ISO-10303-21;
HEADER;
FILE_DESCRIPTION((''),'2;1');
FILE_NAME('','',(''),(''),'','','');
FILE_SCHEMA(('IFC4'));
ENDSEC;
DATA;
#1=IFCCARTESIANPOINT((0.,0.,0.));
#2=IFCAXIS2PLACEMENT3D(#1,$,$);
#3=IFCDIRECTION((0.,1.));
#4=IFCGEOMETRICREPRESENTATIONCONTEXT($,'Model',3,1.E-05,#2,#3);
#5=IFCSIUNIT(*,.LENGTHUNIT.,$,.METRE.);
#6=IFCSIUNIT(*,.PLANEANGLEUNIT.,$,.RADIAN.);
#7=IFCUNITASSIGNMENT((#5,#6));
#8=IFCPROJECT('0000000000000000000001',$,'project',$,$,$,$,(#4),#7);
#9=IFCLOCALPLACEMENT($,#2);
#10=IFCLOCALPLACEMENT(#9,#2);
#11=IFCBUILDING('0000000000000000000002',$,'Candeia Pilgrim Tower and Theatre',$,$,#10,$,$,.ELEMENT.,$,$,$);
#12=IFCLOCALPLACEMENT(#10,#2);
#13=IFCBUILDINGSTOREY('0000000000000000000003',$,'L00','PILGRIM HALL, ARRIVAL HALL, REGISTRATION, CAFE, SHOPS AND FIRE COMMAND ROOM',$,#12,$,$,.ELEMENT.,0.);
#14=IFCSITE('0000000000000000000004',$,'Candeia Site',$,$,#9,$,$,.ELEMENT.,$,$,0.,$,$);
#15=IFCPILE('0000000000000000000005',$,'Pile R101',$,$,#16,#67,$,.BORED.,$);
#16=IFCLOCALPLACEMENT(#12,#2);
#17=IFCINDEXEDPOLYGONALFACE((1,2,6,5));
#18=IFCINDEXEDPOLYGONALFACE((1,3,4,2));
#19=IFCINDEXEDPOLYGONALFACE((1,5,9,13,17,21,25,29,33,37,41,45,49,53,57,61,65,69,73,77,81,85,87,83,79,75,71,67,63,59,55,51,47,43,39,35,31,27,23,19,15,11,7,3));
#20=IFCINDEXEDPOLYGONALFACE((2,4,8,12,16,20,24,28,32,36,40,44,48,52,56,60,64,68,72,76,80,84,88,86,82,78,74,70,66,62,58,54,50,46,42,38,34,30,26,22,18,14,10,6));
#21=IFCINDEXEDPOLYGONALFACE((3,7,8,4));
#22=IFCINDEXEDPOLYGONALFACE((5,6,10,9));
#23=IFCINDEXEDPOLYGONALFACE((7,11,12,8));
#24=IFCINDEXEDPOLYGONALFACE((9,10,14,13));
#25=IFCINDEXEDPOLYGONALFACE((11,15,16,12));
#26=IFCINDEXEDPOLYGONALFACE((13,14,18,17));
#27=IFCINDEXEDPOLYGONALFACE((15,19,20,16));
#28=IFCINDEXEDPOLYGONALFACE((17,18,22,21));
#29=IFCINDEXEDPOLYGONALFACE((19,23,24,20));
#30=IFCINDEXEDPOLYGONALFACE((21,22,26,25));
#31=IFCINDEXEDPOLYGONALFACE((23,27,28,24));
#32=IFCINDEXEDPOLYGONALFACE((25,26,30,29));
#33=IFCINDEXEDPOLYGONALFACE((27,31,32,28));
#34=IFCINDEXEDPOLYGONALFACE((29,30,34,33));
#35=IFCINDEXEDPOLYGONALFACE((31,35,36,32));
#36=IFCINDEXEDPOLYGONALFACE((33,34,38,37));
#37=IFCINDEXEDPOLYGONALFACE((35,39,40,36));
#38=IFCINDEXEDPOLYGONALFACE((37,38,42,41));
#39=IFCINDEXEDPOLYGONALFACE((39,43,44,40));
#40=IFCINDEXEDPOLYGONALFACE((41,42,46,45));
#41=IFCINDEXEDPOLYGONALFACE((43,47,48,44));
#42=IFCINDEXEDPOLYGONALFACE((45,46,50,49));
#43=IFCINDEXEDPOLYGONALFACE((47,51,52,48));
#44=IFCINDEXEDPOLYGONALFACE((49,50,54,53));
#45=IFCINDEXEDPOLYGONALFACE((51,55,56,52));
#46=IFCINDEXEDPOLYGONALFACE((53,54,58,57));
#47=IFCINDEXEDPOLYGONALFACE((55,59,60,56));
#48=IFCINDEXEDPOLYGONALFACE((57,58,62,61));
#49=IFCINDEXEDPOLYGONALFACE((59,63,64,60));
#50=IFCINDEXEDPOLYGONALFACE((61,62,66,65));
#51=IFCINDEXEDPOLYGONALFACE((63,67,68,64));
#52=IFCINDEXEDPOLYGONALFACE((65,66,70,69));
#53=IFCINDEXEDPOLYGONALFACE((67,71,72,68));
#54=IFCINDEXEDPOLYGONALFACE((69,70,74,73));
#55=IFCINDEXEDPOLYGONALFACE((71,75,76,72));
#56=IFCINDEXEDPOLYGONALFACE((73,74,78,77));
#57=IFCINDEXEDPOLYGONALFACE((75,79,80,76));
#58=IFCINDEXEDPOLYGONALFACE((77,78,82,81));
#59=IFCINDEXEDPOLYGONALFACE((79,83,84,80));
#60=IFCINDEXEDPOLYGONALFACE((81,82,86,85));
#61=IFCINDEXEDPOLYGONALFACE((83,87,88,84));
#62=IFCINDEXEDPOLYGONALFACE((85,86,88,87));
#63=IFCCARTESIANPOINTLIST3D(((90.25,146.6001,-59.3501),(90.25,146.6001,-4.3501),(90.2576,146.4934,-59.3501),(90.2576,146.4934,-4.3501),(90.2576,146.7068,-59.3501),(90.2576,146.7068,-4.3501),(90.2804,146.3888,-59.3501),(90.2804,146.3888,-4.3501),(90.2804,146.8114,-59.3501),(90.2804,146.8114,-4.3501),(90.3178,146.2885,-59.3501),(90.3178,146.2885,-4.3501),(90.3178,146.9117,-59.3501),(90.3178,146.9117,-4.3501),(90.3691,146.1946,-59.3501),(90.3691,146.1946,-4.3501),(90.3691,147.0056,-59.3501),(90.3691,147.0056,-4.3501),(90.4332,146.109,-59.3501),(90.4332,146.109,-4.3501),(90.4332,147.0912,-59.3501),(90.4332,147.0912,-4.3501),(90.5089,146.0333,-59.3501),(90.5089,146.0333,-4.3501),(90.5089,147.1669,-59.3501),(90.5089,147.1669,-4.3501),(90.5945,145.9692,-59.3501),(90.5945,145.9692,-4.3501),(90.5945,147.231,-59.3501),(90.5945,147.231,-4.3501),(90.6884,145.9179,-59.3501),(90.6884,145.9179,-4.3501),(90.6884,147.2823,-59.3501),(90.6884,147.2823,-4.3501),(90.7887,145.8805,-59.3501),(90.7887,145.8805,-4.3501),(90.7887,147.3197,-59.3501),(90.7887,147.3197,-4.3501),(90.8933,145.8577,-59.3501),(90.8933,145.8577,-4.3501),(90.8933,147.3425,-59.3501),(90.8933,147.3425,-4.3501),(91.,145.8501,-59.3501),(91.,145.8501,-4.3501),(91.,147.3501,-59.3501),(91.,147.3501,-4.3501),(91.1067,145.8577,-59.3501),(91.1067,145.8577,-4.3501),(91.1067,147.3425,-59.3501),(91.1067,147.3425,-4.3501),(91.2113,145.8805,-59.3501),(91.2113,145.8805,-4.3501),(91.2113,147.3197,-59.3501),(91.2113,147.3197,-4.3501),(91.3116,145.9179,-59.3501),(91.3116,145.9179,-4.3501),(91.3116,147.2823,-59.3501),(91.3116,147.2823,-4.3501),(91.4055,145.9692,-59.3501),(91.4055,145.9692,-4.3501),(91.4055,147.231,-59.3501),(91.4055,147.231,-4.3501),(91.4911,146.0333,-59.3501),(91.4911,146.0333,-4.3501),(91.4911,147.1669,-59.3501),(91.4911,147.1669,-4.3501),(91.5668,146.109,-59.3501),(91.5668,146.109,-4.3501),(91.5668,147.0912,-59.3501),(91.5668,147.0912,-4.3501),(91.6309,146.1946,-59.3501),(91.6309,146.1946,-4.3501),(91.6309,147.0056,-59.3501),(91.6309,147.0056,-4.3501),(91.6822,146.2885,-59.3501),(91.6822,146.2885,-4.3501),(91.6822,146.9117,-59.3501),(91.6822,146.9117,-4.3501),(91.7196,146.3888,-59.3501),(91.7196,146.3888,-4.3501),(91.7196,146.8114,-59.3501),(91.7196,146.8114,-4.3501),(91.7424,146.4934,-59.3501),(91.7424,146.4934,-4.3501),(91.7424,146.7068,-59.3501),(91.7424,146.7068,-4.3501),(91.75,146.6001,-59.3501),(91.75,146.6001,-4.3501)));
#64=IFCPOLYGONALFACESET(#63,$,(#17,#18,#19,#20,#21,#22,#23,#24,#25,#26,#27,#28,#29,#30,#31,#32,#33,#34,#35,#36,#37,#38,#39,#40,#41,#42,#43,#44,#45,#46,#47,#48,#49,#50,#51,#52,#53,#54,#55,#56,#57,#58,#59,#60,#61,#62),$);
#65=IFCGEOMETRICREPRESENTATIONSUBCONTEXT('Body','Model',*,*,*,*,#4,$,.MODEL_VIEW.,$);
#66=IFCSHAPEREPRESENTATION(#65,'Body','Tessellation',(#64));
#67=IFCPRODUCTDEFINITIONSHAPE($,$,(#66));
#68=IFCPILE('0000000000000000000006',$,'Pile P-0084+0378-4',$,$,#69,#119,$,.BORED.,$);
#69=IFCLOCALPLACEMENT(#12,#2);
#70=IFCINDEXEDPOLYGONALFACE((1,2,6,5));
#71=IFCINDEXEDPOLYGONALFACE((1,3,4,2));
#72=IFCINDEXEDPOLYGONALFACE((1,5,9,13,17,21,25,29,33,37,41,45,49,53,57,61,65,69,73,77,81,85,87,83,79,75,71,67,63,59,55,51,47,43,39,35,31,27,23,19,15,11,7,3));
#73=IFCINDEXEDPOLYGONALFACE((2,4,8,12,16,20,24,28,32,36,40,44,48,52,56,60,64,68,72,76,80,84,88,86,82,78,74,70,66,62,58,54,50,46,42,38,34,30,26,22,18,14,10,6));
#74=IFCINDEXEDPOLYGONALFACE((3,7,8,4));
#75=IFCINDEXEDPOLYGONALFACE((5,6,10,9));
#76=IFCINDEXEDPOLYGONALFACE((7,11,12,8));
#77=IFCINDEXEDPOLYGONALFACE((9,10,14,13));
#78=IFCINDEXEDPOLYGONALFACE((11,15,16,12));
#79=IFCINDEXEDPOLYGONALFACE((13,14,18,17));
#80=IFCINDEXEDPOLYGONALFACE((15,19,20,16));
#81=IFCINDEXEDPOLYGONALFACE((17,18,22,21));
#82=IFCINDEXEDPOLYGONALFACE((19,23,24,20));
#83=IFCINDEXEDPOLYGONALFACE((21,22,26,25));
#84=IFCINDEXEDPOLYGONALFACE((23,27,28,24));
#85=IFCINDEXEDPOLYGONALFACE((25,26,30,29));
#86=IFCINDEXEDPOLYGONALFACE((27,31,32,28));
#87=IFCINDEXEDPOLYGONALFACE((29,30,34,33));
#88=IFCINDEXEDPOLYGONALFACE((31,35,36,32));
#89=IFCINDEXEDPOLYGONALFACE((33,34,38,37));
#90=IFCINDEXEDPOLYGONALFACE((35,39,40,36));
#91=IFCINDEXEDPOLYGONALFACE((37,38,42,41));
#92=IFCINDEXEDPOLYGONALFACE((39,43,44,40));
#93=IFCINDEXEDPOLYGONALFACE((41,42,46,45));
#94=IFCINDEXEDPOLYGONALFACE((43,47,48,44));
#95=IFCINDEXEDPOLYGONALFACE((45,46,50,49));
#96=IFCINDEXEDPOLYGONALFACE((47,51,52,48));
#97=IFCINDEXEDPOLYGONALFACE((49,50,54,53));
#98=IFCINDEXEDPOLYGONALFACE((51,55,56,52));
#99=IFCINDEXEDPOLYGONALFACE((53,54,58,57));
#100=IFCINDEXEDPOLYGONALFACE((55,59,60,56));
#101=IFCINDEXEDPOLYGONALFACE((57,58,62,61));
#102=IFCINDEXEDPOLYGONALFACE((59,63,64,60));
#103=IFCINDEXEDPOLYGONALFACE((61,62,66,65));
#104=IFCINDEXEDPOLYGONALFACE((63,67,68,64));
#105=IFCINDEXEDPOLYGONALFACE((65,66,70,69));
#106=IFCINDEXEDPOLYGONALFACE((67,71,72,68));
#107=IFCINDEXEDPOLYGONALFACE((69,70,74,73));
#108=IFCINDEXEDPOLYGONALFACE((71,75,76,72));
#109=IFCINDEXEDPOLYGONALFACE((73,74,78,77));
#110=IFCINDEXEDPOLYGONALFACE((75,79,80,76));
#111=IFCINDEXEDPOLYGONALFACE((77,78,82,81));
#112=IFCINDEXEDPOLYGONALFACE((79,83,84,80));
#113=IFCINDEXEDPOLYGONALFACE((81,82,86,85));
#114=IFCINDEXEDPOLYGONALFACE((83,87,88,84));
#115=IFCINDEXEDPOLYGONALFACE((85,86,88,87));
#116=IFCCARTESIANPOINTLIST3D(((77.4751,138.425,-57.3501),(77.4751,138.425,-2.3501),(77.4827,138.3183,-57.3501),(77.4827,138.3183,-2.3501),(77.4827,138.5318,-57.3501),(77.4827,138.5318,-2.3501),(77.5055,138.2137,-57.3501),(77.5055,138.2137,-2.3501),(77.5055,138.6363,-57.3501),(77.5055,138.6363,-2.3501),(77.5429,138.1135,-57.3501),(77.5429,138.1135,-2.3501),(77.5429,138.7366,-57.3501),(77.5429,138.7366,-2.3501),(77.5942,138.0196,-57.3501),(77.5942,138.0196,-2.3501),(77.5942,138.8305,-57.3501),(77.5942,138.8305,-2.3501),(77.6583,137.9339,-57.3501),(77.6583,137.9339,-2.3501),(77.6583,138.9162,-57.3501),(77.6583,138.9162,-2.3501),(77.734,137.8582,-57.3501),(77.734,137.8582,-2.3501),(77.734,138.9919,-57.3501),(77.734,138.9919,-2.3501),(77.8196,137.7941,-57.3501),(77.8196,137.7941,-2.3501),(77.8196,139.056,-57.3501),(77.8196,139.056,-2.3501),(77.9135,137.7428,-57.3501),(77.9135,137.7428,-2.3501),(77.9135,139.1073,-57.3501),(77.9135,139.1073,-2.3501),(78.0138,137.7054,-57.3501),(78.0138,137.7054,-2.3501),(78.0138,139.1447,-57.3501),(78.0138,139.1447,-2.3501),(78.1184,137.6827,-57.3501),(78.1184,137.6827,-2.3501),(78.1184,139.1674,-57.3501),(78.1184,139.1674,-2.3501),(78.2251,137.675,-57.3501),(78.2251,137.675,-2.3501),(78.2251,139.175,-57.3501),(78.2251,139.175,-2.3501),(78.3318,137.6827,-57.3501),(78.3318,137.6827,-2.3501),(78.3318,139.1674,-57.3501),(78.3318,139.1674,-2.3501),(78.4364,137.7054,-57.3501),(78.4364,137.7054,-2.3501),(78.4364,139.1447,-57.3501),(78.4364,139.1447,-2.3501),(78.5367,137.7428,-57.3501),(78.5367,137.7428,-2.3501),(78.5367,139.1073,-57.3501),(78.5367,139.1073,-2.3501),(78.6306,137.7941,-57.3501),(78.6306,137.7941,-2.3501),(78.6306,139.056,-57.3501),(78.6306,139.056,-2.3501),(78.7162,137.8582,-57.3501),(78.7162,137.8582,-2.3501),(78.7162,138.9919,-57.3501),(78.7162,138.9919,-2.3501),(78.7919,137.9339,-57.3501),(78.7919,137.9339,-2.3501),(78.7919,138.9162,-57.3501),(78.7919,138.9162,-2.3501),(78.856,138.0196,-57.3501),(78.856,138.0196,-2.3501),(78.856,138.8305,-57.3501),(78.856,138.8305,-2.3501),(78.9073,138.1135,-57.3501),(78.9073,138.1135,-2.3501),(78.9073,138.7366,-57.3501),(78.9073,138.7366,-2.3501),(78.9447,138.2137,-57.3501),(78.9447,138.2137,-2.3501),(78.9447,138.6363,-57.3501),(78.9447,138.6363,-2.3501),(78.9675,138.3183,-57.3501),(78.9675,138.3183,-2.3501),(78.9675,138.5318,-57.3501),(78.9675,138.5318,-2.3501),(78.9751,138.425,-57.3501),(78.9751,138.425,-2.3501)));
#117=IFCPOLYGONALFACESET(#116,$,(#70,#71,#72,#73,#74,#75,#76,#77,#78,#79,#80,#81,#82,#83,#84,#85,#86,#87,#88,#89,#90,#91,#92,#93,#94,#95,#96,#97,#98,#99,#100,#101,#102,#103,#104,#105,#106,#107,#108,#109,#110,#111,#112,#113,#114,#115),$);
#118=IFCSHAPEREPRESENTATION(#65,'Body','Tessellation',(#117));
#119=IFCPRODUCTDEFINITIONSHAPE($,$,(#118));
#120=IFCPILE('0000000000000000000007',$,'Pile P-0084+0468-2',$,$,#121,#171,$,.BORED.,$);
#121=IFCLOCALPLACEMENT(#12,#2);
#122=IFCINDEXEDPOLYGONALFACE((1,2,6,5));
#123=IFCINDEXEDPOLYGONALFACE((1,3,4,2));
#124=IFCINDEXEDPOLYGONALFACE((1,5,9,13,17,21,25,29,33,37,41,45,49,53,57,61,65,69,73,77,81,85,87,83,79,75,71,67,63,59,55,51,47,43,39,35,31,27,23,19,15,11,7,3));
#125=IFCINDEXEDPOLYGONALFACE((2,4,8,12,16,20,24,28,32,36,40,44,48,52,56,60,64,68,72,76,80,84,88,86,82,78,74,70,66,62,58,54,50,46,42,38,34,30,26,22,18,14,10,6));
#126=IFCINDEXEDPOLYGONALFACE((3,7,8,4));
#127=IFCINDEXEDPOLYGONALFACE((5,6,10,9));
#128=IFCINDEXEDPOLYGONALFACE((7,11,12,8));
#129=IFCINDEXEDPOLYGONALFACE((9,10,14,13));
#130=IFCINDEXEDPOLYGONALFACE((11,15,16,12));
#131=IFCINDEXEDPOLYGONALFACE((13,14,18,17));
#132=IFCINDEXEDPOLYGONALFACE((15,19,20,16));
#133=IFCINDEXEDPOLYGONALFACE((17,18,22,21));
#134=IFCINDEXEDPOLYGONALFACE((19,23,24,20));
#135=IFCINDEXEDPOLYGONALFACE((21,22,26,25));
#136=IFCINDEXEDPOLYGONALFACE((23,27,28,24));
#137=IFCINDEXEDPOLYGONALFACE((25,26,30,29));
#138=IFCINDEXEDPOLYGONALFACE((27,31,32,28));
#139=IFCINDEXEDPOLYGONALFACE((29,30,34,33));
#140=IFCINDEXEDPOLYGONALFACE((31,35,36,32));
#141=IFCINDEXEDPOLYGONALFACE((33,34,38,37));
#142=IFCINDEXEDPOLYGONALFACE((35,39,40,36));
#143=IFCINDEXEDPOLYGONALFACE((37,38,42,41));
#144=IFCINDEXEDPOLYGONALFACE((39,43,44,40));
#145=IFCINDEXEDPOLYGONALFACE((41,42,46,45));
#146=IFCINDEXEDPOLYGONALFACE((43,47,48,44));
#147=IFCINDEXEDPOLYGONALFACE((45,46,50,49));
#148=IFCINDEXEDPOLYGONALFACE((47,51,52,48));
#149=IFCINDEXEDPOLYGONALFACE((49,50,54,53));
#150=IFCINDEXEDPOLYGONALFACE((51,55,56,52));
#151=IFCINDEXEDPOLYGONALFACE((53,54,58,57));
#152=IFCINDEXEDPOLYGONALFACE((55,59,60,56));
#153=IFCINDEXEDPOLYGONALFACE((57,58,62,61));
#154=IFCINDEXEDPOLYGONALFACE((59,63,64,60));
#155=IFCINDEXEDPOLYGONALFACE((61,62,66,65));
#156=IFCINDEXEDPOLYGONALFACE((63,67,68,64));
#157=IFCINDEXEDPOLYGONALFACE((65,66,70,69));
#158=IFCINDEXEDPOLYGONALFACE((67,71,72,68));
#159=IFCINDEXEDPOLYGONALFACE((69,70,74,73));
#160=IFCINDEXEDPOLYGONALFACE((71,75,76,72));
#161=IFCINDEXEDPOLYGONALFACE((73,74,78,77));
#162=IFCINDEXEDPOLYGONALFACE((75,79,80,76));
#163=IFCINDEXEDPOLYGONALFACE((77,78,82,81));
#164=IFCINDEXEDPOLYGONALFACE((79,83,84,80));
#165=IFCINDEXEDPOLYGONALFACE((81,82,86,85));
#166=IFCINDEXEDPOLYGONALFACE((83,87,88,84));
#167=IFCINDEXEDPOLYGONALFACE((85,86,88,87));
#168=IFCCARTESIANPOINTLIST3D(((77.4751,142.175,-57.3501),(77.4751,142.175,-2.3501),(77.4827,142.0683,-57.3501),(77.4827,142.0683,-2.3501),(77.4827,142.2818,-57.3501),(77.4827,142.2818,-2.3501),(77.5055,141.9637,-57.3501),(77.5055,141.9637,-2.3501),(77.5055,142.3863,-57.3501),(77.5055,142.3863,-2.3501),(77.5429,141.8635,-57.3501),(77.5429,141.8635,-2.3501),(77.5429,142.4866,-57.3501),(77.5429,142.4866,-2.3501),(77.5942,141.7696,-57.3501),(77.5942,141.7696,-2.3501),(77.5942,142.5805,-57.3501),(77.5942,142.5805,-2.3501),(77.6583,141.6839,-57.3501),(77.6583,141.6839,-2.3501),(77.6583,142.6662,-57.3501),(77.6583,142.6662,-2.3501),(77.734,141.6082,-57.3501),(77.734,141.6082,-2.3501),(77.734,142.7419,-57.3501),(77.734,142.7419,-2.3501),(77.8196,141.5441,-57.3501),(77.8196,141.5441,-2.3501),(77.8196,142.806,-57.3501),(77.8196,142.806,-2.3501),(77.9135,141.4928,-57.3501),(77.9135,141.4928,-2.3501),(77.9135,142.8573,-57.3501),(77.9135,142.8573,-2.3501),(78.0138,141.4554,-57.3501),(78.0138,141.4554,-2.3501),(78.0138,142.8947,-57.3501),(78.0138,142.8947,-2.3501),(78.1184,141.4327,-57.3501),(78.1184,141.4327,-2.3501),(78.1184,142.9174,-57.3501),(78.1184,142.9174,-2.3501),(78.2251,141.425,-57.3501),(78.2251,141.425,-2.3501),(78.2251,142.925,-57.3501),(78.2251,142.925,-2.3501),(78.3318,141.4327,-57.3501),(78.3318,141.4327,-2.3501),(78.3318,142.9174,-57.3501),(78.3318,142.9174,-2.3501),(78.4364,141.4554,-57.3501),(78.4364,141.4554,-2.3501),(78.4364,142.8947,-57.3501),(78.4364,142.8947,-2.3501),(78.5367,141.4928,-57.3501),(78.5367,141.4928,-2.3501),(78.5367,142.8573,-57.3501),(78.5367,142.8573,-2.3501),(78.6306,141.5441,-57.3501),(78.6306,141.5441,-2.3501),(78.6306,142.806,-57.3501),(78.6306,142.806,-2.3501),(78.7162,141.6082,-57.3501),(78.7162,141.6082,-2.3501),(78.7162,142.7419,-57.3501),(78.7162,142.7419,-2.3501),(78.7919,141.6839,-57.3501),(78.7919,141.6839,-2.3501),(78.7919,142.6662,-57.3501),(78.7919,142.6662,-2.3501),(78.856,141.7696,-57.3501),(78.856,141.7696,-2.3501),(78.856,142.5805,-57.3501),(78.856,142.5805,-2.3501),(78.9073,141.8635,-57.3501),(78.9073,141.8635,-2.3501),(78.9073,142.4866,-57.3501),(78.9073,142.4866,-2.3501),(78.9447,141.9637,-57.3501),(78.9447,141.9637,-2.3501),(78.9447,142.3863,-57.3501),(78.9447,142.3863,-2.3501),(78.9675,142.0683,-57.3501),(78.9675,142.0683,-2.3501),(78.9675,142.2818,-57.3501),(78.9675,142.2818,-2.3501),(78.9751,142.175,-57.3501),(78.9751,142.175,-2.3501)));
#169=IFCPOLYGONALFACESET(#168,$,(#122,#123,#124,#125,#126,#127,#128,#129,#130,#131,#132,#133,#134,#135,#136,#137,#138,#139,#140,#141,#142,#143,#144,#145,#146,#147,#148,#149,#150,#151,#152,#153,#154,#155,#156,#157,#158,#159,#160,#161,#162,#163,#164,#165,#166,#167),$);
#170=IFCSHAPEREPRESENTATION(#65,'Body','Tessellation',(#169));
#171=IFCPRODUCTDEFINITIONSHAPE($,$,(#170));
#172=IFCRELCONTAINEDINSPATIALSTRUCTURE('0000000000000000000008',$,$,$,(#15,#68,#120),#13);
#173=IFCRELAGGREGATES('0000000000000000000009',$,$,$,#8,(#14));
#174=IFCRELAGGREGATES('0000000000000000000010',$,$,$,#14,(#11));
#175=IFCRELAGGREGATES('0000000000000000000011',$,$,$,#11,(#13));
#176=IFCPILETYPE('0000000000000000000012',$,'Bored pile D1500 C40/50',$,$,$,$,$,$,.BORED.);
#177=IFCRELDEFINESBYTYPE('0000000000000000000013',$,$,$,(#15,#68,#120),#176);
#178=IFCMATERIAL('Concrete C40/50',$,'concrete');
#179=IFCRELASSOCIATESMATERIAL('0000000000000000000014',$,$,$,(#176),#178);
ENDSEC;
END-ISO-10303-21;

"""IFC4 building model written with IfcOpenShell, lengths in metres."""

from ifc_helpers import new_model, si_unit, direction, frame, origin, origin_2d, place, context, subcontext, project, spatial, circle, extrude, material, material_profile, profile_set, type_object, element, save


model = new_model("IFC4")

# Units and contexts
model_context = context("Model", 3, precision=1e-05, world=origin(), true_north=direction((0.0, 1.0)))
body_context = subcontext(model_context, "Body", "Model", "MODEL_VIEW")
ifc_project = project(units=[si_unit("LENGTHUNIT", "METRE"), si_unit("PLANEANGLEUNIT", "RADIAN")], contexts=[model_context])

# Site, building, storey
site_placement = place(None, origin())
site = spatial("IfcSite", under=ifc_project, at=site_placement, Name="Candeia Site", CompositionType="ELEMENT", RefElevation=0.0)
building_placement = place(site_placement, origin())
building = spatial("IfcBuilding", under=site, at=building_placement, Name="Candeia Pilgrim Tower and Theatre", CompositionType="ELEMENT")
storey_placement = place(building_placement, origin())
storey = spatial("IfcBuildingStorey", under=building, at=storey_placement, Name="L00", Description="PILGRIM HALL, ARRIVAL HALL, REGISTRATION, CAFE, SHOPS AND FIRE COMMAND ROOM", CompositionType="ELEMENT", Elevation=0.0)

# Piles
ifc_material_1 = material(Name="Concrete C40/50", Category="concrete")
ifc_material_profile_1 = material_profile(ifc_material_1, circle(Radius=0.75, at=origin_2d()))
ifc_profile_set_1 = profile_set([ifc_material_profile_1], Name="Concrete C40/50")
pile_type = type_object("IfcPileType", Name="Bored pile D1500 C40/50", PredefinedType="BORED", material=ifc_profile_set_1)
for number, where, z_axis, x_axis, name in (
    (1, (91.0, 146.6001, -4.3501), (0.0, 0.0, -1.0), (1.0, 0.0, 0.0), "Pile R101"),
    (2, (78.2251, 138.425, -2.3501), (0.0, 0.0, -1.0), (1.0, 0.0, 0.0), "Pile P-0084+0378-4"),
    (3, (78.2251, 142.175, -2.3501), (0.0, 0.0, -1.0), (1.0, 0.0, 0.0), "Pile P-0084+0468-2"),
):
    element("IfcPile", number, at=place(storey_placement, frame(where, z_axis=z_axis, x_axis=x_axis)), inside=storey, type_object=pile_type, Name=name, PredefinedType="BORED", context=body_context, shape_type="SweptSolid", body=[
        extrude(circle(Radius=0.75, at=origin_2d()), origin(), (0.0, 0.0, 1.0), 55.0),
    ])

save(model, "model.ifc")
